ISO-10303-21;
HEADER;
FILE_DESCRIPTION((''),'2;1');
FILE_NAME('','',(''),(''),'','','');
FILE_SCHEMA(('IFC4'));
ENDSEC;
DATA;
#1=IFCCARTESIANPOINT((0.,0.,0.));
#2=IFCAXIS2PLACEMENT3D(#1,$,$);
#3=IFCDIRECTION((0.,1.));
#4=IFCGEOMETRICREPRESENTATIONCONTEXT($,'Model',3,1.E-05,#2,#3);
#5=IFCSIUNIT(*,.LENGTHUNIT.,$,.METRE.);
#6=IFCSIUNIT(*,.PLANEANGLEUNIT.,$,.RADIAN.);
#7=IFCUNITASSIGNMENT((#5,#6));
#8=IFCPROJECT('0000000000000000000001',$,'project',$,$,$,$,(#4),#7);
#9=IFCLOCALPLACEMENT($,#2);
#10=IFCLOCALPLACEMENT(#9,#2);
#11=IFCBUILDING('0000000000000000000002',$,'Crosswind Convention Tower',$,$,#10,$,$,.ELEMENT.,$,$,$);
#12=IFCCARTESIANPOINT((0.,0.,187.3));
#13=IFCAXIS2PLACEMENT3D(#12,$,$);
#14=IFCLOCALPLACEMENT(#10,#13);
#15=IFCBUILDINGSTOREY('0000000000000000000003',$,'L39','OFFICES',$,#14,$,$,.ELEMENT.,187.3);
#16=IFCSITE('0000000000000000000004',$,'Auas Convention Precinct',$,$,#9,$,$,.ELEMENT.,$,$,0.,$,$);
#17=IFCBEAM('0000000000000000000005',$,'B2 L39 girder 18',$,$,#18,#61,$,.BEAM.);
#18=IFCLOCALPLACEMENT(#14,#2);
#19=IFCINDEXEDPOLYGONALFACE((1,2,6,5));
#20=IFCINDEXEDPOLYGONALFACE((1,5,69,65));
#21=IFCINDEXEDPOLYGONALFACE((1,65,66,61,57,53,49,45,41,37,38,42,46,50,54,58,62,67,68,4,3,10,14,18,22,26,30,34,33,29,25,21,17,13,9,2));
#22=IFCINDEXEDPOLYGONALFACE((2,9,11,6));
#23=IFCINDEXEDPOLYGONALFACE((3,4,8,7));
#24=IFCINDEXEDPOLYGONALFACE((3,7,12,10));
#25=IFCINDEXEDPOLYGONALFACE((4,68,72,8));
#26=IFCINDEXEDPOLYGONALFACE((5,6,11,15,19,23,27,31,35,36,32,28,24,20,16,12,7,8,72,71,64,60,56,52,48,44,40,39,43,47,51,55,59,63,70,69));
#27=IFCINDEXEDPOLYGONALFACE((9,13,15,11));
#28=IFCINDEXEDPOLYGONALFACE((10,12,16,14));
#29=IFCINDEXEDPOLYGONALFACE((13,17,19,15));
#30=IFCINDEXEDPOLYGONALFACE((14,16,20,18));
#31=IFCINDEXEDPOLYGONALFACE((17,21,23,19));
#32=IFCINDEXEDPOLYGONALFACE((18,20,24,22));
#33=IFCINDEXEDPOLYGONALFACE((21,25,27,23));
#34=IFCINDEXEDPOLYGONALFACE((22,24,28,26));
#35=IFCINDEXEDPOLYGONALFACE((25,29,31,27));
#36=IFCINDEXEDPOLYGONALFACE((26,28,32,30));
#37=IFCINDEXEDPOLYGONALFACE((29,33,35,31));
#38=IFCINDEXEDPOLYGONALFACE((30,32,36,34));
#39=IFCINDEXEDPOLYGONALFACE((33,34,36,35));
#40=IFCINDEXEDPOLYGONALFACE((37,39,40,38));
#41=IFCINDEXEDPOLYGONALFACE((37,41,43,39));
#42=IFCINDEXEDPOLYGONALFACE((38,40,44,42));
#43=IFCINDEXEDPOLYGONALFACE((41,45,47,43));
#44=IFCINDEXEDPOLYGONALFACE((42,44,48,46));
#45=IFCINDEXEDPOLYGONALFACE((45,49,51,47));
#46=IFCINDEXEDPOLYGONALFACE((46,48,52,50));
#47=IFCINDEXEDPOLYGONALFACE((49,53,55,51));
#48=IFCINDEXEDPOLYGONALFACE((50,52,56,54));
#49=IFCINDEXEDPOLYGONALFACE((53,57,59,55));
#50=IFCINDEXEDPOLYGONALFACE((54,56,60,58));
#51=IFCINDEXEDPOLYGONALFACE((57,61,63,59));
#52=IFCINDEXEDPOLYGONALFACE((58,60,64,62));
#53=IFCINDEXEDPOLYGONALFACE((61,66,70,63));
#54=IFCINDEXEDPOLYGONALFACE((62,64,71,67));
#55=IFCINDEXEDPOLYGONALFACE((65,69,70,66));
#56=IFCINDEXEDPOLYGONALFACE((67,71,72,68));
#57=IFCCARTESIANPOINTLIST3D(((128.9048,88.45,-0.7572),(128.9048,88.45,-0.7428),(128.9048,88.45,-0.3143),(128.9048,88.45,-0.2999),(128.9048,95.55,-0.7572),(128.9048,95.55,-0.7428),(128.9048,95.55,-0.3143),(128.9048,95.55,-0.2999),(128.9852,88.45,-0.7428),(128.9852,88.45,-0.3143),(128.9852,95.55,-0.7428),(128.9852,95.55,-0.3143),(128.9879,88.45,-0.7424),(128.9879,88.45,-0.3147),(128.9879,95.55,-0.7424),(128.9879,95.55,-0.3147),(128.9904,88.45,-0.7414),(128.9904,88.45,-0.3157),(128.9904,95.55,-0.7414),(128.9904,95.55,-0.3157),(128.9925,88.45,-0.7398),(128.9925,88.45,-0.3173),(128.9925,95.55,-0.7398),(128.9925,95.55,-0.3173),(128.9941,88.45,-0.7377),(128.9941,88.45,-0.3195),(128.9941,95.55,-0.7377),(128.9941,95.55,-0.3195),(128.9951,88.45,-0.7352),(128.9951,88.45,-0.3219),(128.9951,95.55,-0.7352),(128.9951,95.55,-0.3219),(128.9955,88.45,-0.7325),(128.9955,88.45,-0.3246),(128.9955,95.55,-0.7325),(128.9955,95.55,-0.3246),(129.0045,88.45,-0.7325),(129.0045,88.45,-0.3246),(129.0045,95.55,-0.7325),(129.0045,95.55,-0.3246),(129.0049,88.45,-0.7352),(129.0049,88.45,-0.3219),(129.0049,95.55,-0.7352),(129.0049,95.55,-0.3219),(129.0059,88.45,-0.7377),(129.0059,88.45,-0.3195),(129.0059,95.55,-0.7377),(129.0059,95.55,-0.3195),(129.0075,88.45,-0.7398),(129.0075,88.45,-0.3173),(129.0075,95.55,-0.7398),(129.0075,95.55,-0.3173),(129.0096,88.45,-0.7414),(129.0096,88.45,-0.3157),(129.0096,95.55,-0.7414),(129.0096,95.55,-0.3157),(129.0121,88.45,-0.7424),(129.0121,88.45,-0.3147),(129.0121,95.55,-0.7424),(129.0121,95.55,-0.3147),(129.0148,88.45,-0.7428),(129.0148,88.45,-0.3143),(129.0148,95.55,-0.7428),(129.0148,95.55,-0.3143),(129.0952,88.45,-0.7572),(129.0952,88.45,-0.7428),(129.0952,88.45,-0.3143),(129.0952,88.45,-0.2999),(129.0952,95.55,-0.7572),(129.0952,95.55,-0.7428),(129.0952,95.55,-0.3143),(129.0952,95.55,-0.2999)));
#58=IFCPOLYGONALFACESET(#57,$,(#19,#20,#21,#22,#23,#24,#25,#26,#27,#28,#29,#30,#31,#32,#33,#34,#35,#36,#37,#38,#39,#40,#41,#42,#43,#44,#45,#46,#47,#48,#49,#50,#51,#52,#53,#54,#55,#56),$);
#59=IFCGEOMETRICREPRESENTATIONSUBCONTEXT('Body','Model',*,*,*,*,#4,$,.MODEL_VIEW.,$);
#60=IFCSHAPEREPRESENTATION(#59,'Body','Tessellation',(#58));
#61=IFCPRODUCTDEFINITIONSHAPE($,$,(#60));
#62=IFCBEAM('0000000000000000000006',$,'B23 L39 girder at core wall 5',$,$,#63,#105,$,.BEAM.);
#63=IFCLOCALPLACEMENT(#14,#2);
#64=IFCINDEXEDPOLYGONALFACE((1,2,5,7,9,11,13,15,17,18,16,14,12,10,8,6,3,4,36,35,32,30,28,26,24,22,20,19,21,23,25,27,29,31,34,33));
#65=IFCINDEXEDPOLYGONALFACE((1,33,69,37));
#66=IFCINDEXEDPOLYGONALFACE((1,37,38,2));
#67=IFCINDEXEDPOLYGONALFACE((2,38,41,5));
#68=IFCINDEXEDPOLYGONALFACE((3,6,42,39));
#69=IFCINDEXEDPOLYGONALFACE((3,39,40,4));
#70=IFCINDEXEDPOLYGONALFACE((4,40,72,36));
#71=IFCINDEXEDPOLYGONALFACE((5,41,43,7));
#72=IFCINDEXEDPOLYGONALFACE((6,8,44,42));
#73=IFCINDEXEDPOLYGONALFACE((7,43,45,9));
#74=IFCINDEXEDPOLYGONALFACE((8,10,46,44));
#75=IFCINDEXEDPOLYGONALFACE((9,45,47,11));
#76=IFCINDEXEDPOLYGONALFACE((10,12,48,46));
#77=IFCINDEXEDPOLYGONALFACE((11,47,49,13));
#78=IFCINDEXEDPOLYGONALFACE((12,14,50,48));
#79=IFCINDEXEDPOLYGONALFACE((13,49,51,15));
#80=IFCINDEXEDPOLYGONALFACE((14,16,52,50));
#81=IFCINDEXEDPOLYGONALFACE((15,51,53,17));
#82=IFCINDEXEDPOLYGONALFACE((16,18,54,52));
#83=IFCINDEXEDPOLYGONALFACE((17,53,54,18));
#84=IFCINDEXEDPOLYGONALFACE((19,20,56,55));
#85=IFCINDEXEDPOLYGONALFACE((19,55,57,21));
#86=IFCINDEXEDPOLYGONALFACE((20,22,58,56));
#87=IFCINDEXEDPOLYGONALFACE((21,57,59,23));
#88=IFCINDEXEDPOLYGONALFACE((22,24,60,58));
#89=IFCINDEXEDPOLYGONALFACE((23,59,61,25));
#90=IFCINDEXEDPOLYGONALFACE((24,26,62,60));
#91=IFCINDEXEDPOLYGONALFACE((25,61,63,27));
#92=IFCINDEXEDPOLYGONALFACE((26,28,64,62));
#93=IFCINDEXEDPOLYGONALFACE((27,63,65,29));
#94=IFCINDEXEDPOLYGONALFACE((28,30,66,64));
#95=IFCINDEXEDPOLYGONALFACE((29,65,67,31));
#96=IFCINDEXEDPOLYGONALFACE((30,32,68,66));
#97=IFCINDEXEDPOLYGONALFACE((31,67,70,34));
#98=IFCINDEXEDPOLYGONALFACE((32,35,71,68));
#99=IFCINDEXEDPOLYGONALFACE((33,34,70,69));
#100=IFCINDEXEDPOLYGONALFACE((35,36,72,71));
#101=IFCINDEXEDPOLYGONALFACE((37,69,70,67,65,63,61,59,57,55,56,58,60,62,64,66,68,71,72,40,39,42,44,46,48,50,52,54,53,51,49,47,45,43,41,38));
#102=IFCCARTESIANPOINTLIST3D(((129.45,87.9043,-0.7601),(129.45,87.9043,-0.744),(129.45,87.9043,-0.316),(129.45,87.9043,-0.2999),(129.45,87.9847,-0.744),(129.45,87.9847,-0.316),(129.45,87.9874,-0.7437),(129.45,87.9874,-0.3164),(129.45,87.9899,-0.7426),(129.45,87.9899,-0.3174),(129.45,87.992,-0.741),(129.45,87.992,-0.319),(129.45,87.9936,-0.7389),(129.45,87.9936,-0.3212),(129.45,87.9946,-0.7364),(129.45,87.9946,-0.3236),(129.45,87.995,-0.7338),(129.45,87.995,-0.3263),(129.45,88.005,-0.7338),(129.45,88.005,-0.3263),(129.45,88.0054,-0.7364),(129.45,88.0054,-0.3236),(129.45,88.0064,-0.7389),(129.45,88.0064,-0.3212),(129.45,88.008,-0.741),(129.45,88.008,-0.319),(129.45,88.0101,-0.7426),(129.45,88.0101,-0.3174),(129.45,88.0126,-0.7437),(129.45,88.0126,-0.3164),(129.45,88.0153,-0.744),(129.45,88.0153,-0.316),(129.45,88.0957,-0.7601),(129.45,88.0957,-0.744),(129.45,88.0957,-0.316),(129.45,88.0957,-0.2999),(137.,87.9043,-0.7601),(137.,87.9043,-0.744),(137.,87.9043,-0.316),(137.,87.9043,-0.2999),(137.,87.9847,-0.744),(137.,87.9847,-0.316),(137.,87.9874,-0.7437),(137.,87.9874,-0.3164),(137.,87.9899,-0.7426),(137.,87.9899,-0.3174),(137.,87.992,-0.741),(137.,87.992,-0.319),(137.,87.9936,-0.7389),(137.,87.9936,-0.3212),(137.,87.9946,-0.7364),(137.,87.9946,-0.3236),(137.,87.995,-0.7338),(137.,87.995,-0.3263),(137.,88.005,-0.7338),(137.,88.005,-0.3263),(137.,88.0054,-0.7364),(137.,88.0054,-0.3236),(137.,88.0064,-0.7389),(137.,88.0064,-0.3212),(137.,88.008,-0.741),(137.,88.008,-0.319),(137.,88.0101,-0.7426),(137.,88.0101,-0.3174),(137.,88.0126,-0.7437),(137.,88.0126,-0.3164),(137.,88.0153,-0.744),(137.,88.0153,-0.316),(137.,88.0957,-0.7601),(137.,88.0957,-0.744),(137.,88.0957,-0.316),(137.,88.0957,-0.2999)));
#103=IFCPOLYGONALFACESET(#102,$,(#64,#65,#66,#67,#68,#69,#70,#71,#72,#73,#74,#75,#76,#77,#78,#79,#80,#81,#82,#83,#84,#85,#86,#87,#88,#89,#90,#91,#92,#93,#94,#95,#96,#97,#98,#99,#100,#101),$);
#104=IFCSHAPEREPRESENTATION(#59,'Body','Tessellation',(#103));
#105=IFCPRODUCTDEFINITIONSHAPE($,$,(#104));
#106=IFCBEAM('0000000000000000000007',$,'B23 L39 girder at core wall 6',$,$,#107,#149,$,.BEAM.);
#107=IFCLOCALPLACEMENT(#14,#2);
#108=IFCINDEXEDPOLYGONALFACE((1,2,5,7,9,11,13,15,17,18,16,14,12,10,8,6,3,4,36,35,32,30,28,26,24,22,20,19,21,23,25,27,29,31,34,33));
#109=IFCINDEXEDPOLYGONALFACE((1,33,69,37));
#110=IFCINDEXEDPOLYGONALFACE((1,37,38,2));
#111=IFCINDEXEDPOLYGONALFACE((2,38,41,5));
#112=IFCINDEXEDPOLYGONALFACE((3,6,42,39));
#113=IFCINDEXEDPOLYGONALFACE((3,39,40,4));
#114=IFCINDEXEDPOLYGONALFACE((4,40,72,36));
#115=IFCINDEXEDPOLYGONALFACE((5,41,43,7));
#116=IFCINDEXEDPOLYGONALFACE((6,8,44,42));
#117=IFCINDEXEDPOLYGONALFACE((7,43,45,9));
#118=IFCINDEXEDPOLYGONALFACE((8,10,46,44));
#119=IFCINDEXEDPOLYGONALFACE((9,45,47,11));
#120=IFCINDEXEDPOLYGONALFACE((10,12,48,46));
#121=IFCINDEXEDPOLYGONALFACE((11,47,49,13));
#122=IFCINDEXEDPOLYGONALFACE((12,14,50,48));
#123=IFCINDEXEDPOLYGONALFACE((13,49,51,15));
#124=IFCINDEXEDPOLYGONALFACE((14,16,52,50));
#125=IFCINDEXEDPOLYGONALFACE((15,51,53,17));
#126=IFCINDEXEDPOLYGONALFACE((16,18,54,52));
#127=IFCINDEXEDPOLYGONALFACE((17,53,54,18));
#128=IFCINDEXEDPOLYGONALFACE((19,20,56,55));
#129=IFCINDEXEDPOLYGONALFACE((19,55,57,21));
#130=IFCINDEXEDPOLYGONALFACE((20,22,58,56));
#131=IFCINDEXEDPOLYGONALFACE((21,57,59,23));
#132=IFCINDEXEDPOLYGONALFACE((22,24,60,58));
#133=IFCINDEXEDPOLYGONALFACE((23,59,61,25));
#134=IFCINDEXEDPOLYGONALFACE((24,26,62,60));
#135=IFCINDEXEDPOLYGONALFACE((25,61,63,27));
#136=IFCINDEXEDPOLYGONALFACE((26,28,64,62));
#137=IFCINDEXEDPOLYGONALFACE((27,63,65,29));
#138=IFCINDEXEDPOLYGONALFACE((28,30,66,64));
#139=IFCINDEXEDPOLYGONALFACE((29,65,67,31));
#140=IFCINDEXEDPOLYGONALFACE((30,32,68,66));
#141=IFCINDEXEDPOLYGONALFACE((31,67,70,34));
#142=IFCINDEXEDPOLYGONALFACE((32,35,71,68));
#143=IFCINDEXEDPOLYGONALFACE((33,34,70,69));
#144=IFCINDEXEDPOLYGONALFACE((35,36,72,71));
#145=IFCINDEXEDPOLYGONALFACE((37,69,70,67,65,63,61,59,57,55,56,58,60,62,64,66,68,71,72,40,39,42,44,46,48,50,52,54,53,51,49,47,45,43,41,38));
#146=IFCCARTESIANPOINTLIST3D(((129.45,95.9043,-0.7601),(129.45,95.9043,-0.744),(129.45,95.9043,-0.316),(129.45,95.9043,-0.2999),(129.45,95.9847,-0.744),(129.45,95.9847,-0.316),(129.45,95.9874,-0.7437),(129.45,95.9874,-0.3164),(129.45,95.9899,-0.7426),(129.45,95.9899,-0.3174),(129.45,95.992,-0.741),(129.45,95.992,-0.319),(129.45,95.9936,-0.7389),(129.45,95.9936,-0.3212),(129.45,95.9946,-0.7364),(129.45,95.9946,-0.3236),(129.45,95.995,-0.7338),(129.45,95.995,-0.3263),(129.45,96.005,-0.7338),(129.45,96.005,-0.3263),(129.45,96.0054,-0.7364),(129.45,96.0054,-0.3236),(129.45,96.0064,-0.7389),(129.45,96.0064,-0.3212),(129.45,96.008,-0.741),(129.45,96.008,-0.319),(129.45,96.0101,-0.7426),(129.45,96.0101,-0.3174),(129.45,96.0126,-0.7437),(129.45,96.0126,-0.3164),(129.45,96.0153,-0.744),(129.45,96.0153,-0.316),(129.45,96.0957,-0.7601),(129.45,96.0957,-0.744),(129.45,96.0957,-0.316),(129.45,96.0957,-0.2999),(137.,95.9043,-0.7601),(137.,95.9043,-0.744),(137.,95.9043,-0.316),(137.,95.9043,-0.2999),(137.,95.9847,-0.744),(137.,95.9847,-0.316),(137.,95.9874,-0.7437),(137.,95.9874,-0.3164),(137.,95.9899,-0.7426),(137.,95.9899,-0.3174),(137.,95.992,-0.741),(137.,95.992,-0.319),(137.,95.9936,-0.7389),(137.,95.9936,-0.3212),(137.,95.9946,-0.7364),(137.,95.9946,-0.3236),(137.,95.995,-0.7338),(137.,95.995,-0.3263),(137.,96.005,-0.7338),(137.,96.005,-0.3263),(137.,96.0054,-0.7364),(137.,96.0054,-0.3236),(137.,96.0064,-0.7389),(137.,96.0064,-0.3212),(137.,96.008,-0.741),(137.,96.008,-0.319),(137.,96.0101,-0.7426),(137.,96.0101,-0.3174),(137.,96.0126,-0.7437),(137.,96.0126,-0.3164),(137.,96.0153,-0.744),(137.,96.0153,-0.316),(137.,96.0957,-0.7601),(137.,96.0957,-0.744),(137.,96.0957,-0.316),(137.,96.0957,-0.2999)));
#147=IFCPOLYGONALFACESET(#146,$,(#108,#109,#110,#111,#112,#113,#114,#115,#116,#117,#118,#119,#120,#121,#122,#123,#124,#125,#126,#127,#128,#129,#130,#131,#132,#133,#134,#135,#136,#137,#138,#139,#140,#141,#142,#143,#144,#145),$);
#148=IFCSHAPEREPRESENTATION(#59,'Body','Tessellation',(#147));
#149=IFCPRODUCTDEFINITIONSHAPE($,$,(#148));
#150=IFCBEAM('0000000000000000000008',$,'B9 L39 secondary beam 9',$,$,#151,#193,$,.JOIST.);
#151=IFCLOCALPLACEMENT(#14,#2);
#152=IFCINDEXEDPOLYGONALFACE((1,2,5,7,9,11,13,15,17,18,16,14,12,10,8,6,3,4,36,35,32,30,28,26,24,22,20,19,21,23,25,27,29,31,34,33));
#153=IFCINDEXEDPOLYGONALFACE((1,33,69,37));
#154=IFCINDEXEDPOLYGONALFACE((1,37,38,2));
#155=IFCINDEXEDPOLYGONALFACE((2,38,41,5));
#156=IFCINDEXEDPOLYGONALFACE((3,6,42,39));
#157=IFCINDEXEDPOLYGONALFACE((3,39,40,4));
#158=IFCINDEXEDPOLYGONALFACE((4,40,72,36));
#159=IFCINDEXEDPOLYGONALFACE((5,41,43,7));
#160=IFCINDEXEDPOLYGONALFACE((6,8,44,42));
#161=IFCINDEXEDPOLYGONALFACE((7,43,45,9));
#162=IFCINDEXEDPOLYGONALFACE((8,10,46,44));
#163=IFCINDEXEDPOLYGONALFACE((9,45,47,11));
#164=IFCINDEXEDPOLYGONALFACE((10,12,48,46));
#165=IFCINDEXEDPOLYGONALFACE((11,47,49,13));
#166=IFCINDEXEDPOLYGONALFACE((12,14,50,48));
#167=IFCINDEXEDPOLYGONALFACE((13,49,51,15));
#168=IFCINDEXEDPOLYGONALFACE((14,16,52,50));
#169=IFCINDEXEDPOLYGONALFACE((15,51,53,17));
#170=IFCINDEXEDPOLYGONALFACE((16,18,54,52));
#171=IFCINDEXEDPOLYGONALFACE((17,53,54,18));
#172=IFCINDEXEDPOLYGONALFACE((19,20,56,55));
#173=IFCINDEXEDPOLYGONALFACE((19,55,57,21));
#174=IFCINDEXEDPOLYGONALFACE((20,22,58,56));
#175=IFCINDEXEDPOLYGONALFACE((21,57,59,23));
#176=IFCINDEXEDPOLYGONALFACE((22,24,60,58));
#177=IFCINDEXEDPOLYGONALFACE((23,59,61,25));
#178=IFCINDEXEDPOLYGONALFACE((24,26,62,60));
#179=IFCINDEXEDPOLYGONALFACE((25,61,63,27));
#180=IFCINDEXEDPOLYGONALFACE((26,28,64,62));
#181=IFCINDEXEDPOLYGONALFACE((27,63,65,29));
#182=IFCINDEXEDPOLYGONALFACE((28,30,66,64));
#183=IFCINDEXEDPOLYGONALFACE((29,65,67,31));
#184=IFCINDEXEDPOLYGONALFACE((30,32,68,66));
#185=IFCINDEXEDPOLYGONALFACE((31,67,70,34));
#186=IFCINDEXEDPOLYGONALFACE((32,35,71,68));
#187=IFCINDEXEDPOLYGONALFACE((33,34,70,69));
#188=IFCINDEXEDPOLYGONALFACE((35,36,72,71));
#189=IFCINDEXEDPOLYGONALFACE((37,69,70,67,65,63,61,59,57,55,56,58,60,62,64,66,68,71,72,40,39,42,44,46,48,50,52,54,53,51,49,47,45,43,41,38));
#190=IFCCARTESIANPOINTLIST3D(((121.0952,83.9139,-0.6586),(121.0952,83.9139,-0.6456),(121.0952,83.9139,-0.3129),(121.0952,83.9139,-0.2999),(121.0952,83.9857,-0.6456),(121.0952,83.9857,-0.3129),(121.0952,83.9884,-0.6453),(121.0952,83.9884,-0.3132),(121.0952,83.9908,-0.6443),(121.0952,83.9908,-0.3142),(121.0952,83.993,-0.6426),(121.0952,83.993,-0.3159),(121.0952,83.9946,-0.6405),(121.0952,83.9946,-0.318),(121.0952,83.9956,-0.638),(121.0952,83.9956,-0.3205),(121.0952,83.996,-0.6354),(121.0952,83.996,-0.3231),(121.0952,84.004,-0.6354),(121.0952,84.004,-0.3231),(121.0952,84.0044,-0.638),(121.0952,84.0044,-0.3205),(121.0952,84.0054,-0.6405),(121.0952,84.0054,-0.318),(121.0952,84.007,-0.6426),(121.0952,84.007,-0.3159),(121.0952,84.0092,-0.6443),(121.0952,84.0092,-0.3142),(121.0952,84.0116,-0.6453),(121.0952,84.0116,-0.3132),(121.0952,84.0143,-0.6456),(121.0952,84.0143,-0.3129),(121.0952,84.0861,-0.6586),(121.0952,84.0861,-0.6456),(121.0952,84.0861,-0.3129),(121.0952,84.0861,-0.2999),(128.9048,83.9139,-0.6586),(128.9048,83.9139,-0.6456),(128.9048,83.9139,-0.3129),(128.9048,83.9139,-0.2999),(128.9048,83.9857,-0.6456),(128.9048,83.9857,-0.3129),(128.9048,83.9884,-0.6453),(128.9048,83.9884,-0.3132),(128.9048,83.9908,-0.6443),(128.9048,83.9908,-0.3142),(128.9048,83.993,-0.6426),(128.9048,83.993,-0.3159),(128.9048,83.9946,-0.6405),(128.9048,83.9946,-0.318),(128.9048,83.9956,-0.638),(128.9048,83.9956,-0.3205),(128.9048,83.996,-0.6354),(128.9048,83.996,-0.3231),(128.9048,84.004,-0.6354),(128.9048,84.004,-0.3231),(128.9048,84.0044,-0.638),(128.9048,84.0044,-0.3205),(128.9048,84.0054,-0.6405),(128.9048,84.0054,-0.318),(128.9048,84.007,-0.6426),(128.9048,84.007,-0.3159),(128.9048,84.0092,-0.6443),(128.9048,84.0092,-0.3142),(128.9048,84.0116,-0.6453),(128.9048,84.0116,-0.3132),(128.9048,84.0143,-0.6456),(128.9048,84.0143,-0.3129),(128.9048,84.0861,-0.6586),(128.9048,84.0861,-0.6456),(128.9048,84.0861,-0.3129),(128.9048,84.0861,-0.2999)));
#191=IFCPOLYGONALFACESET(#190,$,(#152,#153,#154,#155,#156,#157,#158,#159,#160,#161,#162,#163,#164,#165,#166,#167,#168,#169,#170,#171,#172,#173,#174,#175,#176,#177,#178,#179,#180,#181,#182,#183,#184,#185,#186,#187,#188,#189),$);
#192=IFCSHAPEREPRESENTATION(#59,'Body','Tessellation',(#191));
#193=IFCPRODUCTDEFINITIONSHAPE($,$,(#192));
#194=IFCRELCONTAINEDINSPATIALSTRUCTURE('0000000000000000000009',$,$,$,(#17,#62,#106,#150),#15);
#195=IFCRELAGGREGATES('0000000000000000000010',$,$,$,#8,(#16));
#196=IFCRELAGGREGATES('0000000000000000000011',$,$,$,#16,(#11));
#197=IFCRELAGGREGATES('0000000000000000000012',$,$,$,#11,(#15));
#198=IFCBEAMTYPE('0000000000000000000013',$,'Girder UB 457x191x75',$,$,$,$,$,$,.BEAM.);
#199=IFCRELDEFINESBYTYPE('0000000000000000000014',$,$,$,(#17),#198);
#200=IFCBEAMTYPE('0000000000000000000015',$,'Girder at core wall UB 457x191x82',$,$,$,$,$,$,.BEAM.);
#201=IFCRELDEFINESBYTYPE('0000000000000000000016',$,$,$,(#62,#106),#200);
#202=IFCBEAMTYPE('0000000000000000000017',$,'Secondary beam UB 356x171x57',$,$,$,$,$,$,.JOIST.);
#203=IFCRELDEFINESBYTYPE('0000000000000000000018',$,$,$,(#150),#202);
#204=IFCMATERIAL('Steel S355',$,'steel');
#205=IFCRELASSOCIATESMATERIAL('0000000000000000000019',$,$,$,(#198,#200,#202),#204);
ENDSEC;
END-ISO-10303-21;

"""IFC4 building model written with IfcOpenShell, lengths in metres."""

from ifc_helpers import new_model, si_unit, direction, frame, origin, origin_2d, place, context, subcontext, project, spatial, i_section, extrude, material, material_profile, profile_set, type_object, element, save


model = new_model("IFC4")

# Units and contexts
model_context = context("Model", 3, precision=1e-05, world=origin(), true_north=direction((0.0, 1.0)))
body_context = subcontext(model_context, "Body", "Model", "MODEL_VIEW")
ifc_project = project(units=[si_unit("LENGTHUNIT", "METRE"), si_unit("PLANEANGLEUNIT", "RADIAN")], contexts=[model_context])

# Site, building, storey
site_placement = place(None, origin())
site = spatial("IfcSite", under=ifc_project, at=site_placement, Name="Auas Convention Precinct", CompositionType="ELEMENT", RefElevation=0.0)
building_placement = place(site_placement, origin())
building = spatial("IfcBuilding", under=site, at=building_placement, Name="Crosswind Convention Tower", CompositionType="ELEMENT")
storey_placement = place(building_placement, frame((0.0, 0.0, 187.3)))
storey = spatial("IfcBuildingStorey", under=building, at=storey_placement, Name="L39", Description="OFFICES", CompositionType="ELEMENT", Elevation=187.3)

# Beams
ifc_material_1 = material(Name="Steel S355", Category="steel")
ifc_material_profile_1 = material_profile(ifc_material_1, i_section(OverallWidth=0.1904, OverallDepth=0.4573, WebThickness=0.009, FlangeThickness=0.0144, FilletRadius=0.0103, at=origin_2d()), Name="UB 457x191x75")
ifc_profile_set_1 = profile_set([ifc_material_profile_1], Name="Steel S355")
beam_type_1 = type_object("IfcBeamType", Name="Girder UB 457x191x75", PredefinedType="BEAM", material=ifc_profile_set_1)
for number, where, z_axis, x_axis, name in (
    (1, (129.0, 88.45, -0.5286), (0.0, 1.0, 0.0), (-1.0, 0.0, 0.0), "B2 L39 girder 18"),
):
    element("IfcBeam", number, at=place(storey_placement, frame(where, z_axis=z_axis, x_axis=x_axis)), inside=storey, type_object=beam_type_1, Name=name, PredefinedType="BEAM", context=body_context, shape_type="SweptSolid", body=[
        extrude(i_section(OverallWidth=0.1904, OverallDepth=0.4573, WebThickness=0.009, FlangeThickness=0.0144, FilletRadius=0.0103, at=origin_2d()), origin(), (0.0, 0.0, 1.0), 7.1001),
    ])
ifc_material_profile_2 = material_profile(ifc_material_1, i_section(OverallWidth=0.1914, OverallDepth=0.4602, WebThickness=0.01, FlangeThickness=0.0161, FilletRadius=0.0103, at=origin_2d()), Name="UB 457x191x82")
ifc_profile_set_2 = profile_set([ifc_material_profile_2], Name="Steel S355")
beam_type_2 = type_object("IfcBeamType", Name="Girder at core wall UB 457x191x82", PredefinedType="BEAM", material=ifc_profile_set_2)
for number, where, z_axis, x_axis, name in (
    (2, (129.45, 88.0, -0.53), (1.0, 0.0, 0.0), (0.0, 1.0, 0.0), "B23 L39 girder at core wall 5"),
    (3, (129.45, 96.0, -0.53), (1.0, 0.0, 0.0), (0.0, 1.0, 0.0), "B23 L39 girder at core wall 6"),
):
    element("IfcBeam", number, at=place(storey_placement, frame(where, z_axis=z_axis, x_axis=x_axis)), inside=storey, type_object=beam_type_2, Name=name, PredefinedType="BEAM", context=body_context, shape_type="SweptSolid", body=[
        extrude(i_section(OverallWidth=0.1914, OverallDepth=0.4602, WebThickness=0.01, FlangeThickness=0.0161, FilletRadius=0.0103, at=origin_2d()), origin(), (0.0, 0.0, 1.0), 7.55),
    ])
ifc_material_profile_3 = material_profile(ifc_material_1, i_section(OverallWidth=0.1721, OverallDepth=0.3586, WebThickness=0.0081, FlangeThickness=0.0129, FilletRadius=0.0103, at=origin_2d()), Name="UB 356x171x57")
ifc_profile_set_3 = profile_set([ifc_material_profile_3], Name="Steel S355")
beam_type_3 = type_object("IfcBeamType", Name="Secondary beam UB 356x171x57", PredefinedType="JOIST", material=ifc_profile_set_3)
for number, where, z_axis, x_axis, name in (
    (4, (121.0952, 84.0, -0.4792), (1.0, 0.0, 0.0), (0.0, 1.0, 0.0), "B9 L39 secondary beam 9"),
):
    element("IfcBeam", number, at=place(storey_placement, frame(where, z_axis=z_axis, x_axis=x_axis)), inside=storey, type_object=beam_type_3, Name=name, PredefinedType="JOIST", context=body_context, shape_type="SweptSolid", body=[
        extrude(i_section(OverallWidth=0.1721, OverallDepth=0.3586, WebThickness=0.0081, FlangeThickness=0.0129, FilletRadius=0.0103, at=origin_2d()), origin(), (0.0, 0.0, 1.0), 7.8096),
    ])

save(model, "model.ifc")
